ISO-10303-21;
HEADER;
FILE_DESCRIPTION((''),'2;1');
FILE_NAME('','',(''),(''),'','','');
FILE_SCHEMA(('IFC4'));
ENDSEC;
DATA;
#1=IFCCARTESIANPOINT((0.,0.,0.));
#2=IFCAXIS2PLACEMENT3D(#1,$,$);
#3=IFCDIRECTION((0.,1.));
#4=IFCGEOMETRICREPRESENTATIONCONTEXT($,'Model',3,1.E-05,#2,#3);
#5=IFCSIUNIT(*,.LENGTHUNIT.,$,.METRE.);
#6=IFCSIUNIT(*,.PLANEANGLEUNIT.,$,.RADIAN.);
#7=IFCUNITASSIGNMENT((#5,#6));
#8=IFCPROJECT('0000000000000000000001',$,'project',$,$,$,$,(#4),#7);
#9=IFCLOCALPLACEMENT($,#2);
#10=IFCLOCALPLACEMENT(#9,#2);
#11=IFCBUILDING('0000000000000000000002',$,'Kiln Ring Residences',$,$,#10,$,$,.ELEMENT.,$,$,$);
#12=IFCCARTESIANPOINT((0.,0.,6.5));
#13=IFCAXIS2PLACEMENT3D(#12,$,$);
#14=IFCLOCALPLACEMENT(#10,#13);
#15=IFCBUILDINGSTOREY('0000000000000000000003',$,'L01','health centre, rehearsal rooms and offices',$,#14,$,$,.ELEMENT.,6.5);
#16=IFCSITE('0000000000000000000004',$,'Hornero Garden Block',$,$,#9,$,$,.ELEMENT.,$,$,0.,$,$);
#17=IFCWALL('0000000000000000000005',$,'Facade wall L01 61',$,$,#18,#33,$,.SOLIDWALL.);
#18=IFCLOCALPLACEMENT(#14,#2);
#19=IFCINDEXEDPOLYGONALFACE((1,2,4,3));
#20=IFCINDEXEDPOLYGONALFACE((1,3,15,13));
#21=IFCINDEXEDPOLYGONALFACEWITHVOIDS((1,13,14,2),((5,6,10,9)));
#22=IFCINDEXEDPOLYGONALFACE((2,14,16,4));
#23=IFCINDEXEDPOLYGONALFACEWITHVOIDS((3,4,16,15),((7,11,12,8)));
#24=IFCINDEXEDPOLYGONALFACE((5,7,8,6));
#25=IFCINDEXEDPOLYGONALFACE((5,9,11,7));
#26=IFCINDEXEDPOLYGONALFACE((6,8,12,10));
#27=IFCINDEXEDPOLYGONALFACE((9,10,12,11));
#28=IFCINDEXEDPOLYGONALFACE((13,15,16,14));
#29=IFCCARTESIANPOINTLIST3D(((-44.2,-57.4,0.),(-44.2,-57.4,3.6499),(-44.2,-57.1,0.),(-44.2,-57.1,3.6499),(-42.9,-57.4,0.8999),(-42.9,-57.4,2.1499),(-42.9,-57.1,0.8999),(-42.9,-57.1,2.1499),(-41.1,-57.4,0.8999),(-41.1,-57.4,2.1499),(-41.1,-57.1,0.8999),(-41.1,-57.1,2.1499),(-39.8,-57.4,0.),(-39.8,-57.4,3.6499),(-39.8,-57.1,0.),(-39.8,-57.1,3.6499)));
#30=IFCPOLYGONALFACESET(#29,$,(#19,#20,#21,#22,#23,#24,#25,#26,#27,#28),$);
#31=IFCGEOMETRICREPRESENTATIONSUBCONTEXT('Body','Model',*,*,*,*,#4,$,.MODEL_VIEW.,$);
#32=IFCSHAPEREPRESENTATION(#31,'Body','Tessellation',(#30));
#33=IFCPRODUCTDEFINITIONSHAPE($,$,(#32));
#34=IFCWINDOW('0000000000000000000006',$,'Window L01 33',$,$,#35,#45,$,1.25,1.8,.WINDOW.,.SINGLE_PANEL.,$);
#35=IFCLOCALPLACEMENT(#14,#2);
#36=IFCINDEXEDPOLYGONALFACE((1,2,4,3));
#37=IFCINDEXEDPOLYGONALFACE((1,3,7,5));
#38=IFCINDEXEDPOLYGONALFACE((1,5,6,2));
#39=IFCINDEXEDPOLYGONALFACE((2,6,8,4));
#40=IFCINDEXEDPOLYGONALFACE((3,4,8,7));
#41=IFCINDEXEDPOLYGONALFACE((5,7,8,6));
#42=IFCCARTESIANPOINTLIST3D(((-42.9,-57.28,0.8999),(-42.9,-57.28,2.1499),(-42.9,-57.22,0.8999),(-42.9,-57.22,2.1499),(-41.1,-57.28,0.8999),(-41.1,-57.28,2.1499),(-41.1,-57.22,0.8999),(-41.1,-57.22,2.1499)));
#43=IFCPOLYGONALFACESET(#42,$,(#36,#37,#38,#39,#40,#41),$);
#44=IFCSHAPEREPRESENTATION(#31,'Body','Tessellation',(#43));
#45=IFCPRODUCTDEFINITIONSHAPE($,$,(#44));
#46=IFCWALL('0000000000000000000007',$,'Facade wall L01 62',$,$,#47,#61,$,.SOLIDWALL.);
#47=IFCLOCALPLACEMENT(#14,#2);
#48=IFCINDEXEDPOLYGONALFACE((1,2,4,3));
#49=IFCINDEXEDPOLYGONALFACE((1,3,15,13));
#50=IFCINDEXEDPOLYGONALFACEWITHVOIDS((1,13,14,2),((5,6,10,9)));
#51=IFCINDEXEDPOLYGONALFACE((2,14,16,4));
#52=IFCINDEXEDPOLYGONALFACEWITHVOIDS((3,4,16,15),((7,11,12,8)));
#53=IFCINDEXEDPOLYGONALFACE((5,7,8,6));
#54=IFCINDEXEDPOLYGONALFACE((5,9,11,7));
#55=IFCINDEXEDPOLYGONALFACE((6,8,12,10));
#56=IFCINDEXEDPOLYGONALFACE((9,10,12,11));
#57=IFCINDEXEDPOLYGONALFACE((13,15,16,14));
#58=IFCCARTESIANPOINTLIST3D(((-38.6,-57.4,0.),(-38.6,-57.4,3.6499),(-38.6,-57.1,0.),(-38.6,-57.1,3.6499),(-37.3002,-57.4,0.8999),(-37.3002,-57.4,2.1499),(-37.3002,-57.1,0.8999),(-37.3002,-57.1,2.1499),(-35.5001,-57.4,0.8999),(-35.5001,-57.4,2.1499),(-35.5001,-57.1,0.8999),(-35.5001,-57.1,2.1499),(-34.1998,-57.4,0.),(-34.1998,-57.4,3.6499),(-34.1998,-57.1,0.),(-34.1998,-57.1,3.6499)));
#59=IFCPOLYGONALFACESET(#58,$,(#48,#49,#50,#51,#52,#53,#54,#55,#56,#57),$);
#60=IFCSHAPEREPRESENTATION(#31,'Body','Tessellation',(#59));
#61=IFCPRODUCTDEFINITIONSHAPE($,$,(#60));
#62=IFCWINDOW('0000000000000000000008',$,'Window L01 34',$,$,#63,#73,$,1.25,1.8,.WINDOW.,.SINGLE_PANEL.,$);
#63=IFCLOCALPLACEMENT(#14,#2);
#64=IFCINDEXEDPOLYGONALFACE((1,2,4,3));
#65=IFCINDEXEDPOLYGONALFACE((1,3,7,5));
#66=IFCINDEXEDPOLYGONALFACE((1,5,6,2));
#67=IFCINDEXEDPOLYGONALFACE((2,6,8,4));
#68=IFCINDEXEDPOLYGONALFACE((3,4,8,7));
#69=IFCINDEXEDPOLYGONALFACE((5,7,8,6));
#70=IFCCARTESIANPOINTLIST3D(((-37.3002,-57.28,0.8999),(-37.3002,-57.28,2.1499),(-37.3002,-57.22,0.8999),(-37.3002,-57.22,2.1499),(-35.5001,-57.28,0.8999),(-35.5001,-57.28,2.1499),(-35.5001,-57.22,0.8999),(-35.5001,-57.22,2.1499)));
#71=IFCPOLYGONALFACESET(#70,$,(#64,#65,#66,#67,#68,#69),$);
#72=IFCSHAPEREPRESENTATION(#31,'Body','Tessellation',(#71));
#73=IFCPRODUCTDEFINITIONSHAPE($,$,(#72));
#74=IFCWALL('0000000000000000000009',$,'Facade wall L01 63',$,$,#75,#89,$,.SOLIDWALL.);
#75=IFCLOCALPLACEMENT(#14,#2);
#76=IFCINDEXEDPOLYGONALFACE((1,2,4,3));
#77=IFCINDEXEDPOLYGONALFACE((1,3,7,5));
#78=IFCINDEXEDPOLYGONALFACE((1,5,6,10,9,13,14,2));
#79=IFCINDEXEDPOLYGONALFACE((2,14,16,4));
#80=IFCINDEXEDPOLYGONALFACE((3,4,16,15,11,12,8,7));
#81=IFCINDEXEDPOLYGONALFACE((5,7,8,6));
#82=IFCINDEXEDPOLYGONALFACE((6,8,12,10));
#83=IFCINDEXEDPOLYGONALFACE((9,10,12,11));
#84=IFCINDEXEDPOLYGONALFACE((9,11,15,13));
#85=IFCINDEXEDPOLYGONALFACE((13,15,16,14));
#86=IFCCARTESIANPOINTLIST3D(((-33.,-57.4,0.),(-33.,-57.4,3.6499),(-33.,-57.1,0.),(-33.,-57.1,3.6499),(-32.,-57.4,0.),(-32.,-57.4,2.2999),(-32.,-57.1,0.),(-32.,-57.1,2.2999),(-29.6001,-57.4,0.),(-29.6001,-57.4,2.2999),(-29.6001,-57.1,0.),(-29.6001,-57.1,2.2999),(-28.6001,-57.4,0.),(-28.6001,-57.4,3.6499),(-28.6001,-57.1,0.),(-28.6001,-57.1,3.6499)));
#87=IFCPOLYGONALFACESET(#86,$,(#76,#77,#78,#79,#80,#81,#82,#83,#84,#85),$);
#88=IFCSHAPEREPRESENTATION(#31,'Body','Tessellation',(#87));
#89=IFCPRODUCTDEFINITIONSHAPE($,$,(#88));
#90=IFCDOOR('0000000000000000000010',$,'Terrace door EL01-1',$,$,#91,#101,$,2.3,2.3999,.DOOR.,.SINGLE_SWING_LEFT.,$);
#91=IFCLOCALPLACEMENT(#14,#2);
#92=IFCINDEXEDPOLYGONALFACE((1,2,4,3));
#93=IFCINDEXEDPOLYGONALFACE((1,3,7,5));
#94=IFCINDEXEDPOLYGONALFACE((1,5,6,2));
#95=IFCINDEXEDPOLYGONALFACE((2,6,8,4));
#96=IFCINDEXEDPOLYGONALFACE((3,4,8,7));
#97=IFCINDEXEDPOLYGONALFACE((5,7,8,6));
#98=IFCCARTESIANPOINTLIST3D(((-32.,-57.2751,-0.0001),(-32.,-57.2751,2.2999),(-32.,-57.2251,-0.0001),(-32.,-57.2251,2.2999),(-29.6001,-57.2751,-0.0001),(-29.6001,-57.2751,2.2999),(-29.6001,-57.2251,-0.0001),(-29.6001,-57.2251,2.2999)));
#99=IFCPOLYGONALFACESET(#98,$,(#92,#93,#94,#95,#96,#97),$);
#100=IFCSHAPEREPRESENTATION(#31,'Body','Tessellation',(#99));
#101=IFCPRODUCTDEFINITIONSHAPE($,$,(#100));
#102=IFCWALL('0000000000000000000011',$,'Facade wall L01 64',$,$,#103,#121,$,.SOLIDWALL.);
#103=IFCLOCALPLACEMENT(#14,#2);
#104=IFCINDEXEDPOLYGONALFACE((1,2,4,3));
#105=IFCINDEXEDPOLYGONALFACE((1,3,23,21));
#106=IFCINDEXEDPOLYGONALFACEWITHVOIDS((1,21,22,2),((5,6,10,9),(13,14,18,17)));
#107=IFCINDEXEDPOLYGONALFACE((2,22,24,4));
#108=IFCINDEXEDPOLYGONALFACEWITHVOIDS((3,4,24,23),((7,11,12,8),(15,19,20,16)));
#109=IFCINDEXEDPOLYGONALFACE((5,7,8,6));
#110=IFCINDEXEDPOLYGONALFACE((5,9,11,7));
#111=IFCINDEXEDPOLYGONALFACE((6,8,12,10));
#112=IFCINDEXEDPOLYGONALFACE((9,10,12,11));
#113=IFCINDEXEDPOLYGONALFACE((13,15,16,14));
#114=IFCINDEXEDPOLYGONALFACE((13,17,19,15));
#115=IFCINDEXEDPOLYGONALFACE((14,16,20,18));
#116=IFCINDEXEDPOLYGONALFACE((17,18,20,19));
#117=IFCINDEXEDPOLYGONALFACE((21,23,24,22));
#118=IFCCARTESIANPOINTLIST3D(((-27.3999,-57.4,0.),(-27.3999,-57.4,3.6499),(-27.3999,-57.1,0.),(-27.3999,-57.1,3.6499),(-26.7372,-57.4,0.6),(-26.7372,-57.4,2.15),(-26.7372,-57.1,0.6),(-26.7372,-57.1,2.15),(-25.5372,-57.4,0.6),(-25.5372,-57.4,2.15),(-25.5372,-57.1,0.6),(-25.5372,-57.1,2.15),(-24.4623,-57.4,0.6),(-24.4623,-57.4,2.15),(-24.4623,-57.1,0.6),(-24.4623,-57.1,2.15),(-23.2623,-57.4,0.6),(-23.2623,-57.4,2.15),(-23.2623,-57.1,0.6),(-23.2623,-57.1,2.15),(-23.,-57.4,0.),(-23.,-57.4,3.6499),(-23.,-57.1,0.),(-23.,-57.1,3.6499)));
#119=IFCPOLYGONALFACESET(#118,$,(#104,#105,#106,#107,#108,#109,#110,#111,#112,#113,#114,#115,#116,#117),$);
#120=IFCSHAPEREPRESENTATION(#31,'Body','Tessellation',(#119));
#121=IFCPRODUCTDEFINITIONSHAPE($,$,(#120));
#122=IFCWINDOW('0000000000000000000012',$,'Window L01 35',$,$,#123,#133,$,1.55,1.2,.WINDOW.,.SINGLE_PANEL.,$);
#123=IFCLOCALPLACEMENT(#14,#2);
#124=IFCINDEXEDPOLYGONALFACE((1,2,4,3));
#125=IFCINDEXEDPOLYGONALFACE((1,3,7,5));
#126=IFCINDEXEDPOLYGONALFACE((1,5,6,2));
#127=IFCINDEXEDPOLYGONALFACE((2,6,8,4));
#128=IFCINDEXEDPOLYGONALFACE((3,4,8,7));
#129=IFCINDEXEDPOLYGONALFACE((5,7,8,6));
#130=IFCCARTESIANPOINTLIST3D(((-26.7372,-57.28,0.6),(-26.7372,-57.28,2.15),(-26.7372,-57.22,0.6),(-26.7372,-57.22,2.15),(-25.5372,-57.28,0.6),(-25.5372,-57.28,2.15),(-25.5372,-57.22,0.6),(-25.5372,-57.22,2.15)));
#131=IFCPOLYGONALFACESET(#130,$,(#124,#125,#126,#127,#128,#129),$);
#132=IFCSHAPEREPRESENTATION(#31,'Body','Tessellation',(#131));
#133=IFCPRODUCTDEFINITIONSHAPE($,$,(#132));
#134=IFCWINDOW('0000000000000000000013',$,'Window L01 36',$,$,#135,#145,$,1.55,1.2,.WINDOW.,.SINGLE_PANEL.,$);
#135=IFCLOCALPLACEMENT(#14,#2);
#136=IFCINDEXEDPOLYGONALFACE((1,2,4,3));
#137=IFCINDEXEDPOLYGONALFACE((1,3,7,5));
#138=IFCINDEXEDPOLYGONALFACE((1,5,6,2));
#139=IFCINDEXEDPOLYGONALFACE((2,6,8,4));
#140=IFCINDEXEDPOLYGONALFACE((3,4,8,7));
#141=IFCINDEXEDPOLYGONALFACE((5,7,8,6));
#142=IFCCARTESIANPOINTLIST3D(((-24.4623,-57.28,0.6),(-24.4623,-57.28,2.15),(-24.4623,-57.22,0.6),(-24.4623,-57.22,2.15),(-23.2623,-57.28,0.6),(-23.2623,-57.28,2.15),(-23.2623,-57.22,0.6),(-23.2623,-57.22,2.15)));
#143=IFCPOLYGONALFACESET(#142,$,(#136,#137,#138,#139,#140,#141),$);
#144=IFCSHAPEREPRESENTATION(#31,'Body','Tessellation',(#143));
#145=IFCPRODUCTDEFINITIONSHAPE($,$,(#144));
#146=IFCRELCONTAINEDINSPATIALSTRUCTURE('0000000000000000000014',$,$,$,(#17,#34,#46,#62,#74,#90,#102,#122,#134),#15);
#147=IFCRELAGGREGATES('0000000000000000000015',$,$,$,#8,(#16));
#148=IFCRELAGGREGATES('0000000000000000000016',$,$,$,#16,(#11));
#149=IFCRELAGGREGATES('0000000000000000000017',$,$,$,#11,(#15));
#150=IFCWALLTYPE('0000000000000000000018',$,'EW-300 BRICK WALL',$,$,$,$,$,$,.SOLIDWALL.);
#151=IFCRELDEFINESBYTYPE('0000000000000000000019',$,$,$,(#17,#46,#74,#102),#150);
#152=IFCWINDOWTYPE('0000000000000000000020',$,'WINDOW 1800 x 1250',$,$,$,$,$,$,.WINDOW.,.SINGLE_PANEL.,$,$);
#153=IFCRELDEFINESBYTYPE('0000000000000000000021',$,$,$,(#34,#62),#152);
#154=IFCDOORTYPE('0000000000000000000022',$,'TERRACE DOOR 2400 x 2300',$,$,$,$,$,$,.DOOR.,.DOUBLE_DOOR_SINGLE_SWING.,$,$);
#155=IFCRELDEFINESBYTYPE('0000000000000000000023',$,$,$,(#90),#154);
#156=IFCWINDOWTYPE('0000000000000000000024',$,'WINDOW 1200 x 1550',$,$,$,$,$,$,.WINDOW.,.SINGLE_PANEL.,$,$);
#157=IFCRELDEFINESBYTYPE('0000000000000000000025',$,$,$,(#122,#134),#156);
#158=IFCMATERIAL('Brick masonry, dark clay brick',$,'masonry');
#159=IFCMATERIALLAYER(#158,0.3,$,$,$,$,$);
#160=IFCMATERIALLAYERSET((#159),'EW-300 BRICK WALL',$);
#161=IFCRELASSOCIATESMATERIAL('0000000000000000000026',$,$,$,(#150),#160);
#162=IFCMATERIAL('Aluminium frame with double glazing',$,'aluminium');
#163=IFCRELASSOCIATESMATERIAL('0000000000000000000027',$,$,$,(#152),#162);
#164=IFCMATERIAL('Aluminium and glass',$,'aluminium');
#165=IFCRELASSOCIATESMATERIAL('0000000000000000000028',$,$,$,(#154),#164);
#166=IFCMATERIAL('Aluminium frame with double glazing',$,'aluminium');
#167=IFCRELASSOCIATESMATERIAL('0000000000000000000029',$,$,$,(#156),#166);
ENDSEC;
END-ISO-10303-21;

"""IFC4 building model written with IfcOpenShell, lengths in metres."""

from ifc_helpers import new_model, si_unit, direction, frame, frame_2d, origin, place, context, subcontext, project, spatial, rectangle, extrude, material, layer, layer_set, type_object, element, fill, save


model = new_model("IFC4")

# Units and contexts
model_context = context("Model", 3, precision=1e-05, world=origin(), true_north=direction((0.0, 1.0)))
body_context = subcontext(model_context, "Body", "Model", "MODEL_VIEW")
ifc_project = project(units=[si_unit("LENGTHUNIT", "METRE"), si_unit("PLANEANGLEUNIT", "RADIAN")], contexts=[model_context])

# Site, building, storey
site_placement = place(None, origin())
site = spatial("IfcSite", under=ifc_project, at=site_placement, Name="Hornero Garden Block", CompositionType="ELEMENT", RefElevation=0.0)
building_placement = place(site_placement, origin())
building = spatial("IfcBuilding", under=site, at=building_placement, Name="Kiln Ring Residences", CompositionType="ELEMENT")
storey_placement = place(building_placement, frame((0.0, 0.0, 6.5)))
storey = spatial("IfcBuildingStorey", under=building, at=storey_placement, Name="L01", Description="health centre, rehearsal rooms and offices", CompositionType="ELEMENT", Elevation=6.5)

# Walls, openings, windows
ifc_material_1 = material(Name="Brick masonry, dark clay brick", Category="masonry")
ifc_layer = layer(ifc_material_1, 0.3)
ifc_layer_set = layer_set([ifc_layer], Name="EW-300 BRICK WALL")
wall_type = type_object("IfcWallType", Name="EW-300 BRICK WALL", PredefinedType="SOLIDWALL", material=ifc_layer_set)
wall_1_placement = place(storey_placement, frame((-44.2, -57.25, 0.0), z_axis=(0.0, 0.0, 1.0), x_axis=(1.0, 0.0, 0.0)))
wall_1 = element("IfcWall", 1, at=wall_1_placement, inside=storey, type_object=wall_type, Name="Facade wall L01 61", PredefinedType="SOLIDWALL", context=body_context, shape_type="SweptSolid", body=[
    extrude(rectangle(XDim=4.3999, YDim=0.3, at=frame_2d((2.2, 0.0))), origin(), (0.0, 0.0, 1.0), 3.6499),
])
opening_1_placement = place(wall_1_placement, frame((1.3, 0.0, 0.8999)))
opening_1 = element("IfcOpeningElement", 2, at=opening_1_placement, cuts=wall_1, PredefinedType="OPENING", context=body_context, shape_type="SweptSolid", body=[
    extrude(rectangle(XDim=1.8, YDim=1.25, at=frame_2d((0.8999, 0.625))), frame((0.0, 0.1599, 0.0), z_axis=(0.0, -1.0, 0.0), x_axis=(1.0, 0.0, 0.0)), (0.0, 0.0, 1.0), 0.3201),
])
ifc_material_2 = material(Name="Aluminium frame with double glazing", Category="aluminium")
window_type_1 = type_object("IfcWindowType", Name="WINDOW 1800 x 1250", PartitioningType="SINGLE_PANEL", PredefinedType="WINDOW", material=ifc_material_2)
window_1_placement = place(opening_1_placement, origin())
window_1 = element("IfcWindow", 3, at=window_1_placement, inside=storey, type_object=window_type_1, Name="Window L01 33", OverallHeight=1.25, OverallWidth=1.8, PartitioningType="SINGLE_PANEL", PredefinedType="WINDOW", context=body_context, shape_type="SweptSolid", body=[
    extrude(rectangle(XDim=1.8, YDim=1.25, at=frame_2d((0.8999, 0.625))), frame((0.0, 0.03, 0.0), z_axis=(0.0, -1.0, 0.0), x_axis=(1.0, 0.0, 0.0)), (0.0, 0.0, 1.0), 0.0601),
])
fill(opening_1, window_1)
wall_2_placement = place(storey_placement, frame((-38.6001, -57.25, 0.0), z_axis=(0.0, 0.0, 1.0), x_axis=(1.0, 0.0, 0.0)))
wall_2 = element("IfcWall", 4, at=wall_2_placement, inside=storey, type_object=wall_type, Name="Facade wall L01 62", PredefinedType="SOLIDWALL", context=body_context, shape_type="SweptSolid", body=[
    extrude(rectangle(XDim=4.4001, YDim=0.3, at=frame_2d((2.2002, 0.0))), origin(), (0.0, 0.0, 1.0), 3.6499),
])
opening_2_placement = place(wall_2_placement, frame((1.3, 0.0, 0.8999)))
opening_2 = element("IfcOpeningElement", 5, at=opening_2_placement, cuts=wall_2, PredefinedType="OPENING", context=body_context, shape_type="SweptSolid", body=[
    extrude(rectangle(XDim=1.8, YDim=1.25, at=frame_2d((0.8999, 0.625))), frame((0.0, 0.1599, 0.0), z_axis=(0.0, -1.0, 0.0), x_axis=(1.0, 0.0, 0.0)), (0.0, 0.0, 1.0), 0.3201),
])
window_2_placement = place(opening_2_placement, origin())
window_2 = element("IfcWindow", 6, at=window_2_placement, inside=storey, type_object=window_type_1, Name="Window L01 34", OverallHeight=1.25, OverallWidth=1.8, PartitioningType="SINGLE_PANEL", PredefinedType="WINDOW", context=body_context, shape_type="SweptSolid", body=[
    extrude(rectangle(XDim=1.8, YDim=1.25, at=frame_2d((0.8999, 0.625))), frame((0.0, 0.03, 0.0), z_axis=(0.0, -1.0, 0.0), x_axis=(1.0, 0.0, 0.0)), (0.0, 0.0, 1.0), 0.0601),
])
fill(opening_2, window_2)

# Wall, opening, door
wall_3_placement = place(storey_placement, frame((-33.0, -57.25, 0.0), z_axis=(0.0, 0.0, 1.0), x_axis=(1.0, 0.0, 0.0)))
wall_3 = element("IfcWall", 7, at=wall_3_placement, inside=storey, type_object=wall_type, Name="Facade wall L01 63", PredefinedType="SOLIDWALL", context=body_context, shape_type="SweptSolid", body=[
    extrude(rectangle(XDim=4.3999, YDim=0.3, at=frame_2d((2.2, 0.0))), origin(), (0.0, 0.0, 1.0), 3.6499),
])
opening_3_placement = place(wall_3_placement, frame((1.0, 0.0, 0.0)))
opening_3 = element("IfcOpeningElement", 8, at=opening_3_placement, cuts=wall_3, PredefinedType="OPENING", context=body_context, shape_type="SweptSolid", body=[
    extrude(rectangle(XDim=2.3999, YDim=2.3, at=frame_2d((1.2, 1.1499))), frame((0.0, 0.1599, 0.0), z_axis=(0.0, -1.0, 0.0), x_axis=(1.0, 0.0, 0.0)), (0.0, 0.0, 1.0), 0.3201),
])
ifc_material_3 = material(Name="Aluminium and glass", Category="aluminium")
door_type = type_object("IfcDoorType", Name="TERRACE DOOR 2400 x 2300", OperationType="DOUBLE_DOOR_SINGLE_SWING", PredefinedType="DOOR", material=ifc_material_3)
door_placement = place(opening_3_placement, origin())
door = element("IfcDoor", 9, at=door_placement, inside=storey, type_object=door_type, Name="Terrace door EL01-1", OperationType="SINGLE_SWING_LEFT", OverallHeight=2.3, OverallWidth=2.3999, PredefinedType="DOOR", context=body_context, shape_type="SweptSolid", body=[
    extrude(rectangle(XDim=2.3999, YDim=2.3, at=frame_2d((1.2, 1.1499))), frame((0.0, 0.0249, 0.0), z_axis=(0.0, -1.0, 0.0), x_axis=(1.0, 0.0, 0.0)), (0.0, 0.0, 1.0), 0.05),
])
fill(opening_3, door)

# Wall, openings, windows
wall_4_placement = place(storey_placement, frame((-27.3999, -57.25, 0.0), z_axis=(0.0, 0.0, 1.0), x_axis=(1.0, 0.0, 0.0)))
wall_4 = element("IfcWall", 10, at=wall_4_placement, inside=storey, type_object=wall_type, Name="Facade wall L01 64", PredefinedType="SOLIDWALL", context=body_context, shape_type="SweptSolid", body=[
    extrude(rectangle(XDim=4.3999, YDim=0.3, at=frame_2d((2.2, 0.0))), origin(), (0.0, 0.0, 1.0), 3.6499),
])
opening_4_placement = place(wall_4_placement, frame((0.6626, 0.0, 0.6001)))
opening_4 = element("IfcOpeningElement", 11, at=opening_4_placement, cuts=wall_4, PredefinedType="OPENING", context=body_context, shape_type="SweptSolid", body=[
    extrude(rectangle(XDim=1.2, YDim=1.55, at=frame_2d((0.6001, 0.7749))), frame((0.0, 0.1599, 0.0), z_axis=(0.0, -1.0, 0.0), x_axis=(1.0, 0.0, 0.0)), (0.0, 0.0, 1.0), 0.3201),
])
opening_5_placement = place(wall_4_placement, frame((2.9375, 0.0, 0.6001)))
opening_5 = element("IfcOpeningElement", 12, at=opening_5_placement, cuts=wall_4, PredefinedType="OPENING", context=body_context, shape_type="SweptSolid", body=[
    extrude(rectangle(XDim=1.2, YDim=1.55, at=frame_2d((0.6001, 0.7749))), frame((0.0, 0.1599, 0.0), z_axis=(0.0, -1.0, 0.0), x_axis=(1.0, 0.0, 0.0)), (0.0, 0.0, 1.0), 0.3201),
])
ifc_material_4 = material(Name="Aluminium frame with double glazing", Category="aluminium")
window_type_2 = type_object("IfcWindowType", Name="WINDOW 1200 x 1550", PartitioningType="SINGLE_PANEL", PredefinedType="WINDOW", material=ifc_material_4)
window_3_placement = place(opening_4_placement, origin())
window_3 = element("IfcWindow", 13, at=window_3_placement, inside=storey, type_object=window_type_2, Name="Window L01 35", OverallHeight=1.55, OverallWidth=1.2, PartitioningType="SINGLE_PANEL", PredefinedType="WINDOW", context=body_context, shape_type="SweptSolid", body=[
    extrude(rectangle(XDim=1.2, YDim=1.55, at=frame_2d((0.6001, 0.7749))), frame((0.0, 0.03, 0.0), z_axis=(0.0, -1.0, 0.0), x_axis=(1.0, 0.0, 0.0)), (0.0, 0.0, 1.0), 0.0601),
])
fill(opening_4, window_3)
window_4_placement = place(opening_5_placement, origin())
window_4 = element("IfcWindow", 14, at=window_4_placement, inside=storey, type_object=window_type_2, Name="Window L01 36", OverallHeight=1.55, OverallWidth=1.2, PartitioningType="SINGLE_PANEL", PredefinedType="WINDOW", context=body_context, shape_type="SweptSolid", body=[
    extrude(rectangle(XDim=1.2, YDim=1.55, at=frame_2d((0.6001, 0.7749))), frame((0.0, 0.03, 0.0), z_axis=(0.0, -1.0, 0.0), x_axis=(1.0, 0.0, 0.0)), (0.0, 0.0, 1.0), 0.0601),
])
fill(opening_5, window_4)

save(model, "model.ifc")
